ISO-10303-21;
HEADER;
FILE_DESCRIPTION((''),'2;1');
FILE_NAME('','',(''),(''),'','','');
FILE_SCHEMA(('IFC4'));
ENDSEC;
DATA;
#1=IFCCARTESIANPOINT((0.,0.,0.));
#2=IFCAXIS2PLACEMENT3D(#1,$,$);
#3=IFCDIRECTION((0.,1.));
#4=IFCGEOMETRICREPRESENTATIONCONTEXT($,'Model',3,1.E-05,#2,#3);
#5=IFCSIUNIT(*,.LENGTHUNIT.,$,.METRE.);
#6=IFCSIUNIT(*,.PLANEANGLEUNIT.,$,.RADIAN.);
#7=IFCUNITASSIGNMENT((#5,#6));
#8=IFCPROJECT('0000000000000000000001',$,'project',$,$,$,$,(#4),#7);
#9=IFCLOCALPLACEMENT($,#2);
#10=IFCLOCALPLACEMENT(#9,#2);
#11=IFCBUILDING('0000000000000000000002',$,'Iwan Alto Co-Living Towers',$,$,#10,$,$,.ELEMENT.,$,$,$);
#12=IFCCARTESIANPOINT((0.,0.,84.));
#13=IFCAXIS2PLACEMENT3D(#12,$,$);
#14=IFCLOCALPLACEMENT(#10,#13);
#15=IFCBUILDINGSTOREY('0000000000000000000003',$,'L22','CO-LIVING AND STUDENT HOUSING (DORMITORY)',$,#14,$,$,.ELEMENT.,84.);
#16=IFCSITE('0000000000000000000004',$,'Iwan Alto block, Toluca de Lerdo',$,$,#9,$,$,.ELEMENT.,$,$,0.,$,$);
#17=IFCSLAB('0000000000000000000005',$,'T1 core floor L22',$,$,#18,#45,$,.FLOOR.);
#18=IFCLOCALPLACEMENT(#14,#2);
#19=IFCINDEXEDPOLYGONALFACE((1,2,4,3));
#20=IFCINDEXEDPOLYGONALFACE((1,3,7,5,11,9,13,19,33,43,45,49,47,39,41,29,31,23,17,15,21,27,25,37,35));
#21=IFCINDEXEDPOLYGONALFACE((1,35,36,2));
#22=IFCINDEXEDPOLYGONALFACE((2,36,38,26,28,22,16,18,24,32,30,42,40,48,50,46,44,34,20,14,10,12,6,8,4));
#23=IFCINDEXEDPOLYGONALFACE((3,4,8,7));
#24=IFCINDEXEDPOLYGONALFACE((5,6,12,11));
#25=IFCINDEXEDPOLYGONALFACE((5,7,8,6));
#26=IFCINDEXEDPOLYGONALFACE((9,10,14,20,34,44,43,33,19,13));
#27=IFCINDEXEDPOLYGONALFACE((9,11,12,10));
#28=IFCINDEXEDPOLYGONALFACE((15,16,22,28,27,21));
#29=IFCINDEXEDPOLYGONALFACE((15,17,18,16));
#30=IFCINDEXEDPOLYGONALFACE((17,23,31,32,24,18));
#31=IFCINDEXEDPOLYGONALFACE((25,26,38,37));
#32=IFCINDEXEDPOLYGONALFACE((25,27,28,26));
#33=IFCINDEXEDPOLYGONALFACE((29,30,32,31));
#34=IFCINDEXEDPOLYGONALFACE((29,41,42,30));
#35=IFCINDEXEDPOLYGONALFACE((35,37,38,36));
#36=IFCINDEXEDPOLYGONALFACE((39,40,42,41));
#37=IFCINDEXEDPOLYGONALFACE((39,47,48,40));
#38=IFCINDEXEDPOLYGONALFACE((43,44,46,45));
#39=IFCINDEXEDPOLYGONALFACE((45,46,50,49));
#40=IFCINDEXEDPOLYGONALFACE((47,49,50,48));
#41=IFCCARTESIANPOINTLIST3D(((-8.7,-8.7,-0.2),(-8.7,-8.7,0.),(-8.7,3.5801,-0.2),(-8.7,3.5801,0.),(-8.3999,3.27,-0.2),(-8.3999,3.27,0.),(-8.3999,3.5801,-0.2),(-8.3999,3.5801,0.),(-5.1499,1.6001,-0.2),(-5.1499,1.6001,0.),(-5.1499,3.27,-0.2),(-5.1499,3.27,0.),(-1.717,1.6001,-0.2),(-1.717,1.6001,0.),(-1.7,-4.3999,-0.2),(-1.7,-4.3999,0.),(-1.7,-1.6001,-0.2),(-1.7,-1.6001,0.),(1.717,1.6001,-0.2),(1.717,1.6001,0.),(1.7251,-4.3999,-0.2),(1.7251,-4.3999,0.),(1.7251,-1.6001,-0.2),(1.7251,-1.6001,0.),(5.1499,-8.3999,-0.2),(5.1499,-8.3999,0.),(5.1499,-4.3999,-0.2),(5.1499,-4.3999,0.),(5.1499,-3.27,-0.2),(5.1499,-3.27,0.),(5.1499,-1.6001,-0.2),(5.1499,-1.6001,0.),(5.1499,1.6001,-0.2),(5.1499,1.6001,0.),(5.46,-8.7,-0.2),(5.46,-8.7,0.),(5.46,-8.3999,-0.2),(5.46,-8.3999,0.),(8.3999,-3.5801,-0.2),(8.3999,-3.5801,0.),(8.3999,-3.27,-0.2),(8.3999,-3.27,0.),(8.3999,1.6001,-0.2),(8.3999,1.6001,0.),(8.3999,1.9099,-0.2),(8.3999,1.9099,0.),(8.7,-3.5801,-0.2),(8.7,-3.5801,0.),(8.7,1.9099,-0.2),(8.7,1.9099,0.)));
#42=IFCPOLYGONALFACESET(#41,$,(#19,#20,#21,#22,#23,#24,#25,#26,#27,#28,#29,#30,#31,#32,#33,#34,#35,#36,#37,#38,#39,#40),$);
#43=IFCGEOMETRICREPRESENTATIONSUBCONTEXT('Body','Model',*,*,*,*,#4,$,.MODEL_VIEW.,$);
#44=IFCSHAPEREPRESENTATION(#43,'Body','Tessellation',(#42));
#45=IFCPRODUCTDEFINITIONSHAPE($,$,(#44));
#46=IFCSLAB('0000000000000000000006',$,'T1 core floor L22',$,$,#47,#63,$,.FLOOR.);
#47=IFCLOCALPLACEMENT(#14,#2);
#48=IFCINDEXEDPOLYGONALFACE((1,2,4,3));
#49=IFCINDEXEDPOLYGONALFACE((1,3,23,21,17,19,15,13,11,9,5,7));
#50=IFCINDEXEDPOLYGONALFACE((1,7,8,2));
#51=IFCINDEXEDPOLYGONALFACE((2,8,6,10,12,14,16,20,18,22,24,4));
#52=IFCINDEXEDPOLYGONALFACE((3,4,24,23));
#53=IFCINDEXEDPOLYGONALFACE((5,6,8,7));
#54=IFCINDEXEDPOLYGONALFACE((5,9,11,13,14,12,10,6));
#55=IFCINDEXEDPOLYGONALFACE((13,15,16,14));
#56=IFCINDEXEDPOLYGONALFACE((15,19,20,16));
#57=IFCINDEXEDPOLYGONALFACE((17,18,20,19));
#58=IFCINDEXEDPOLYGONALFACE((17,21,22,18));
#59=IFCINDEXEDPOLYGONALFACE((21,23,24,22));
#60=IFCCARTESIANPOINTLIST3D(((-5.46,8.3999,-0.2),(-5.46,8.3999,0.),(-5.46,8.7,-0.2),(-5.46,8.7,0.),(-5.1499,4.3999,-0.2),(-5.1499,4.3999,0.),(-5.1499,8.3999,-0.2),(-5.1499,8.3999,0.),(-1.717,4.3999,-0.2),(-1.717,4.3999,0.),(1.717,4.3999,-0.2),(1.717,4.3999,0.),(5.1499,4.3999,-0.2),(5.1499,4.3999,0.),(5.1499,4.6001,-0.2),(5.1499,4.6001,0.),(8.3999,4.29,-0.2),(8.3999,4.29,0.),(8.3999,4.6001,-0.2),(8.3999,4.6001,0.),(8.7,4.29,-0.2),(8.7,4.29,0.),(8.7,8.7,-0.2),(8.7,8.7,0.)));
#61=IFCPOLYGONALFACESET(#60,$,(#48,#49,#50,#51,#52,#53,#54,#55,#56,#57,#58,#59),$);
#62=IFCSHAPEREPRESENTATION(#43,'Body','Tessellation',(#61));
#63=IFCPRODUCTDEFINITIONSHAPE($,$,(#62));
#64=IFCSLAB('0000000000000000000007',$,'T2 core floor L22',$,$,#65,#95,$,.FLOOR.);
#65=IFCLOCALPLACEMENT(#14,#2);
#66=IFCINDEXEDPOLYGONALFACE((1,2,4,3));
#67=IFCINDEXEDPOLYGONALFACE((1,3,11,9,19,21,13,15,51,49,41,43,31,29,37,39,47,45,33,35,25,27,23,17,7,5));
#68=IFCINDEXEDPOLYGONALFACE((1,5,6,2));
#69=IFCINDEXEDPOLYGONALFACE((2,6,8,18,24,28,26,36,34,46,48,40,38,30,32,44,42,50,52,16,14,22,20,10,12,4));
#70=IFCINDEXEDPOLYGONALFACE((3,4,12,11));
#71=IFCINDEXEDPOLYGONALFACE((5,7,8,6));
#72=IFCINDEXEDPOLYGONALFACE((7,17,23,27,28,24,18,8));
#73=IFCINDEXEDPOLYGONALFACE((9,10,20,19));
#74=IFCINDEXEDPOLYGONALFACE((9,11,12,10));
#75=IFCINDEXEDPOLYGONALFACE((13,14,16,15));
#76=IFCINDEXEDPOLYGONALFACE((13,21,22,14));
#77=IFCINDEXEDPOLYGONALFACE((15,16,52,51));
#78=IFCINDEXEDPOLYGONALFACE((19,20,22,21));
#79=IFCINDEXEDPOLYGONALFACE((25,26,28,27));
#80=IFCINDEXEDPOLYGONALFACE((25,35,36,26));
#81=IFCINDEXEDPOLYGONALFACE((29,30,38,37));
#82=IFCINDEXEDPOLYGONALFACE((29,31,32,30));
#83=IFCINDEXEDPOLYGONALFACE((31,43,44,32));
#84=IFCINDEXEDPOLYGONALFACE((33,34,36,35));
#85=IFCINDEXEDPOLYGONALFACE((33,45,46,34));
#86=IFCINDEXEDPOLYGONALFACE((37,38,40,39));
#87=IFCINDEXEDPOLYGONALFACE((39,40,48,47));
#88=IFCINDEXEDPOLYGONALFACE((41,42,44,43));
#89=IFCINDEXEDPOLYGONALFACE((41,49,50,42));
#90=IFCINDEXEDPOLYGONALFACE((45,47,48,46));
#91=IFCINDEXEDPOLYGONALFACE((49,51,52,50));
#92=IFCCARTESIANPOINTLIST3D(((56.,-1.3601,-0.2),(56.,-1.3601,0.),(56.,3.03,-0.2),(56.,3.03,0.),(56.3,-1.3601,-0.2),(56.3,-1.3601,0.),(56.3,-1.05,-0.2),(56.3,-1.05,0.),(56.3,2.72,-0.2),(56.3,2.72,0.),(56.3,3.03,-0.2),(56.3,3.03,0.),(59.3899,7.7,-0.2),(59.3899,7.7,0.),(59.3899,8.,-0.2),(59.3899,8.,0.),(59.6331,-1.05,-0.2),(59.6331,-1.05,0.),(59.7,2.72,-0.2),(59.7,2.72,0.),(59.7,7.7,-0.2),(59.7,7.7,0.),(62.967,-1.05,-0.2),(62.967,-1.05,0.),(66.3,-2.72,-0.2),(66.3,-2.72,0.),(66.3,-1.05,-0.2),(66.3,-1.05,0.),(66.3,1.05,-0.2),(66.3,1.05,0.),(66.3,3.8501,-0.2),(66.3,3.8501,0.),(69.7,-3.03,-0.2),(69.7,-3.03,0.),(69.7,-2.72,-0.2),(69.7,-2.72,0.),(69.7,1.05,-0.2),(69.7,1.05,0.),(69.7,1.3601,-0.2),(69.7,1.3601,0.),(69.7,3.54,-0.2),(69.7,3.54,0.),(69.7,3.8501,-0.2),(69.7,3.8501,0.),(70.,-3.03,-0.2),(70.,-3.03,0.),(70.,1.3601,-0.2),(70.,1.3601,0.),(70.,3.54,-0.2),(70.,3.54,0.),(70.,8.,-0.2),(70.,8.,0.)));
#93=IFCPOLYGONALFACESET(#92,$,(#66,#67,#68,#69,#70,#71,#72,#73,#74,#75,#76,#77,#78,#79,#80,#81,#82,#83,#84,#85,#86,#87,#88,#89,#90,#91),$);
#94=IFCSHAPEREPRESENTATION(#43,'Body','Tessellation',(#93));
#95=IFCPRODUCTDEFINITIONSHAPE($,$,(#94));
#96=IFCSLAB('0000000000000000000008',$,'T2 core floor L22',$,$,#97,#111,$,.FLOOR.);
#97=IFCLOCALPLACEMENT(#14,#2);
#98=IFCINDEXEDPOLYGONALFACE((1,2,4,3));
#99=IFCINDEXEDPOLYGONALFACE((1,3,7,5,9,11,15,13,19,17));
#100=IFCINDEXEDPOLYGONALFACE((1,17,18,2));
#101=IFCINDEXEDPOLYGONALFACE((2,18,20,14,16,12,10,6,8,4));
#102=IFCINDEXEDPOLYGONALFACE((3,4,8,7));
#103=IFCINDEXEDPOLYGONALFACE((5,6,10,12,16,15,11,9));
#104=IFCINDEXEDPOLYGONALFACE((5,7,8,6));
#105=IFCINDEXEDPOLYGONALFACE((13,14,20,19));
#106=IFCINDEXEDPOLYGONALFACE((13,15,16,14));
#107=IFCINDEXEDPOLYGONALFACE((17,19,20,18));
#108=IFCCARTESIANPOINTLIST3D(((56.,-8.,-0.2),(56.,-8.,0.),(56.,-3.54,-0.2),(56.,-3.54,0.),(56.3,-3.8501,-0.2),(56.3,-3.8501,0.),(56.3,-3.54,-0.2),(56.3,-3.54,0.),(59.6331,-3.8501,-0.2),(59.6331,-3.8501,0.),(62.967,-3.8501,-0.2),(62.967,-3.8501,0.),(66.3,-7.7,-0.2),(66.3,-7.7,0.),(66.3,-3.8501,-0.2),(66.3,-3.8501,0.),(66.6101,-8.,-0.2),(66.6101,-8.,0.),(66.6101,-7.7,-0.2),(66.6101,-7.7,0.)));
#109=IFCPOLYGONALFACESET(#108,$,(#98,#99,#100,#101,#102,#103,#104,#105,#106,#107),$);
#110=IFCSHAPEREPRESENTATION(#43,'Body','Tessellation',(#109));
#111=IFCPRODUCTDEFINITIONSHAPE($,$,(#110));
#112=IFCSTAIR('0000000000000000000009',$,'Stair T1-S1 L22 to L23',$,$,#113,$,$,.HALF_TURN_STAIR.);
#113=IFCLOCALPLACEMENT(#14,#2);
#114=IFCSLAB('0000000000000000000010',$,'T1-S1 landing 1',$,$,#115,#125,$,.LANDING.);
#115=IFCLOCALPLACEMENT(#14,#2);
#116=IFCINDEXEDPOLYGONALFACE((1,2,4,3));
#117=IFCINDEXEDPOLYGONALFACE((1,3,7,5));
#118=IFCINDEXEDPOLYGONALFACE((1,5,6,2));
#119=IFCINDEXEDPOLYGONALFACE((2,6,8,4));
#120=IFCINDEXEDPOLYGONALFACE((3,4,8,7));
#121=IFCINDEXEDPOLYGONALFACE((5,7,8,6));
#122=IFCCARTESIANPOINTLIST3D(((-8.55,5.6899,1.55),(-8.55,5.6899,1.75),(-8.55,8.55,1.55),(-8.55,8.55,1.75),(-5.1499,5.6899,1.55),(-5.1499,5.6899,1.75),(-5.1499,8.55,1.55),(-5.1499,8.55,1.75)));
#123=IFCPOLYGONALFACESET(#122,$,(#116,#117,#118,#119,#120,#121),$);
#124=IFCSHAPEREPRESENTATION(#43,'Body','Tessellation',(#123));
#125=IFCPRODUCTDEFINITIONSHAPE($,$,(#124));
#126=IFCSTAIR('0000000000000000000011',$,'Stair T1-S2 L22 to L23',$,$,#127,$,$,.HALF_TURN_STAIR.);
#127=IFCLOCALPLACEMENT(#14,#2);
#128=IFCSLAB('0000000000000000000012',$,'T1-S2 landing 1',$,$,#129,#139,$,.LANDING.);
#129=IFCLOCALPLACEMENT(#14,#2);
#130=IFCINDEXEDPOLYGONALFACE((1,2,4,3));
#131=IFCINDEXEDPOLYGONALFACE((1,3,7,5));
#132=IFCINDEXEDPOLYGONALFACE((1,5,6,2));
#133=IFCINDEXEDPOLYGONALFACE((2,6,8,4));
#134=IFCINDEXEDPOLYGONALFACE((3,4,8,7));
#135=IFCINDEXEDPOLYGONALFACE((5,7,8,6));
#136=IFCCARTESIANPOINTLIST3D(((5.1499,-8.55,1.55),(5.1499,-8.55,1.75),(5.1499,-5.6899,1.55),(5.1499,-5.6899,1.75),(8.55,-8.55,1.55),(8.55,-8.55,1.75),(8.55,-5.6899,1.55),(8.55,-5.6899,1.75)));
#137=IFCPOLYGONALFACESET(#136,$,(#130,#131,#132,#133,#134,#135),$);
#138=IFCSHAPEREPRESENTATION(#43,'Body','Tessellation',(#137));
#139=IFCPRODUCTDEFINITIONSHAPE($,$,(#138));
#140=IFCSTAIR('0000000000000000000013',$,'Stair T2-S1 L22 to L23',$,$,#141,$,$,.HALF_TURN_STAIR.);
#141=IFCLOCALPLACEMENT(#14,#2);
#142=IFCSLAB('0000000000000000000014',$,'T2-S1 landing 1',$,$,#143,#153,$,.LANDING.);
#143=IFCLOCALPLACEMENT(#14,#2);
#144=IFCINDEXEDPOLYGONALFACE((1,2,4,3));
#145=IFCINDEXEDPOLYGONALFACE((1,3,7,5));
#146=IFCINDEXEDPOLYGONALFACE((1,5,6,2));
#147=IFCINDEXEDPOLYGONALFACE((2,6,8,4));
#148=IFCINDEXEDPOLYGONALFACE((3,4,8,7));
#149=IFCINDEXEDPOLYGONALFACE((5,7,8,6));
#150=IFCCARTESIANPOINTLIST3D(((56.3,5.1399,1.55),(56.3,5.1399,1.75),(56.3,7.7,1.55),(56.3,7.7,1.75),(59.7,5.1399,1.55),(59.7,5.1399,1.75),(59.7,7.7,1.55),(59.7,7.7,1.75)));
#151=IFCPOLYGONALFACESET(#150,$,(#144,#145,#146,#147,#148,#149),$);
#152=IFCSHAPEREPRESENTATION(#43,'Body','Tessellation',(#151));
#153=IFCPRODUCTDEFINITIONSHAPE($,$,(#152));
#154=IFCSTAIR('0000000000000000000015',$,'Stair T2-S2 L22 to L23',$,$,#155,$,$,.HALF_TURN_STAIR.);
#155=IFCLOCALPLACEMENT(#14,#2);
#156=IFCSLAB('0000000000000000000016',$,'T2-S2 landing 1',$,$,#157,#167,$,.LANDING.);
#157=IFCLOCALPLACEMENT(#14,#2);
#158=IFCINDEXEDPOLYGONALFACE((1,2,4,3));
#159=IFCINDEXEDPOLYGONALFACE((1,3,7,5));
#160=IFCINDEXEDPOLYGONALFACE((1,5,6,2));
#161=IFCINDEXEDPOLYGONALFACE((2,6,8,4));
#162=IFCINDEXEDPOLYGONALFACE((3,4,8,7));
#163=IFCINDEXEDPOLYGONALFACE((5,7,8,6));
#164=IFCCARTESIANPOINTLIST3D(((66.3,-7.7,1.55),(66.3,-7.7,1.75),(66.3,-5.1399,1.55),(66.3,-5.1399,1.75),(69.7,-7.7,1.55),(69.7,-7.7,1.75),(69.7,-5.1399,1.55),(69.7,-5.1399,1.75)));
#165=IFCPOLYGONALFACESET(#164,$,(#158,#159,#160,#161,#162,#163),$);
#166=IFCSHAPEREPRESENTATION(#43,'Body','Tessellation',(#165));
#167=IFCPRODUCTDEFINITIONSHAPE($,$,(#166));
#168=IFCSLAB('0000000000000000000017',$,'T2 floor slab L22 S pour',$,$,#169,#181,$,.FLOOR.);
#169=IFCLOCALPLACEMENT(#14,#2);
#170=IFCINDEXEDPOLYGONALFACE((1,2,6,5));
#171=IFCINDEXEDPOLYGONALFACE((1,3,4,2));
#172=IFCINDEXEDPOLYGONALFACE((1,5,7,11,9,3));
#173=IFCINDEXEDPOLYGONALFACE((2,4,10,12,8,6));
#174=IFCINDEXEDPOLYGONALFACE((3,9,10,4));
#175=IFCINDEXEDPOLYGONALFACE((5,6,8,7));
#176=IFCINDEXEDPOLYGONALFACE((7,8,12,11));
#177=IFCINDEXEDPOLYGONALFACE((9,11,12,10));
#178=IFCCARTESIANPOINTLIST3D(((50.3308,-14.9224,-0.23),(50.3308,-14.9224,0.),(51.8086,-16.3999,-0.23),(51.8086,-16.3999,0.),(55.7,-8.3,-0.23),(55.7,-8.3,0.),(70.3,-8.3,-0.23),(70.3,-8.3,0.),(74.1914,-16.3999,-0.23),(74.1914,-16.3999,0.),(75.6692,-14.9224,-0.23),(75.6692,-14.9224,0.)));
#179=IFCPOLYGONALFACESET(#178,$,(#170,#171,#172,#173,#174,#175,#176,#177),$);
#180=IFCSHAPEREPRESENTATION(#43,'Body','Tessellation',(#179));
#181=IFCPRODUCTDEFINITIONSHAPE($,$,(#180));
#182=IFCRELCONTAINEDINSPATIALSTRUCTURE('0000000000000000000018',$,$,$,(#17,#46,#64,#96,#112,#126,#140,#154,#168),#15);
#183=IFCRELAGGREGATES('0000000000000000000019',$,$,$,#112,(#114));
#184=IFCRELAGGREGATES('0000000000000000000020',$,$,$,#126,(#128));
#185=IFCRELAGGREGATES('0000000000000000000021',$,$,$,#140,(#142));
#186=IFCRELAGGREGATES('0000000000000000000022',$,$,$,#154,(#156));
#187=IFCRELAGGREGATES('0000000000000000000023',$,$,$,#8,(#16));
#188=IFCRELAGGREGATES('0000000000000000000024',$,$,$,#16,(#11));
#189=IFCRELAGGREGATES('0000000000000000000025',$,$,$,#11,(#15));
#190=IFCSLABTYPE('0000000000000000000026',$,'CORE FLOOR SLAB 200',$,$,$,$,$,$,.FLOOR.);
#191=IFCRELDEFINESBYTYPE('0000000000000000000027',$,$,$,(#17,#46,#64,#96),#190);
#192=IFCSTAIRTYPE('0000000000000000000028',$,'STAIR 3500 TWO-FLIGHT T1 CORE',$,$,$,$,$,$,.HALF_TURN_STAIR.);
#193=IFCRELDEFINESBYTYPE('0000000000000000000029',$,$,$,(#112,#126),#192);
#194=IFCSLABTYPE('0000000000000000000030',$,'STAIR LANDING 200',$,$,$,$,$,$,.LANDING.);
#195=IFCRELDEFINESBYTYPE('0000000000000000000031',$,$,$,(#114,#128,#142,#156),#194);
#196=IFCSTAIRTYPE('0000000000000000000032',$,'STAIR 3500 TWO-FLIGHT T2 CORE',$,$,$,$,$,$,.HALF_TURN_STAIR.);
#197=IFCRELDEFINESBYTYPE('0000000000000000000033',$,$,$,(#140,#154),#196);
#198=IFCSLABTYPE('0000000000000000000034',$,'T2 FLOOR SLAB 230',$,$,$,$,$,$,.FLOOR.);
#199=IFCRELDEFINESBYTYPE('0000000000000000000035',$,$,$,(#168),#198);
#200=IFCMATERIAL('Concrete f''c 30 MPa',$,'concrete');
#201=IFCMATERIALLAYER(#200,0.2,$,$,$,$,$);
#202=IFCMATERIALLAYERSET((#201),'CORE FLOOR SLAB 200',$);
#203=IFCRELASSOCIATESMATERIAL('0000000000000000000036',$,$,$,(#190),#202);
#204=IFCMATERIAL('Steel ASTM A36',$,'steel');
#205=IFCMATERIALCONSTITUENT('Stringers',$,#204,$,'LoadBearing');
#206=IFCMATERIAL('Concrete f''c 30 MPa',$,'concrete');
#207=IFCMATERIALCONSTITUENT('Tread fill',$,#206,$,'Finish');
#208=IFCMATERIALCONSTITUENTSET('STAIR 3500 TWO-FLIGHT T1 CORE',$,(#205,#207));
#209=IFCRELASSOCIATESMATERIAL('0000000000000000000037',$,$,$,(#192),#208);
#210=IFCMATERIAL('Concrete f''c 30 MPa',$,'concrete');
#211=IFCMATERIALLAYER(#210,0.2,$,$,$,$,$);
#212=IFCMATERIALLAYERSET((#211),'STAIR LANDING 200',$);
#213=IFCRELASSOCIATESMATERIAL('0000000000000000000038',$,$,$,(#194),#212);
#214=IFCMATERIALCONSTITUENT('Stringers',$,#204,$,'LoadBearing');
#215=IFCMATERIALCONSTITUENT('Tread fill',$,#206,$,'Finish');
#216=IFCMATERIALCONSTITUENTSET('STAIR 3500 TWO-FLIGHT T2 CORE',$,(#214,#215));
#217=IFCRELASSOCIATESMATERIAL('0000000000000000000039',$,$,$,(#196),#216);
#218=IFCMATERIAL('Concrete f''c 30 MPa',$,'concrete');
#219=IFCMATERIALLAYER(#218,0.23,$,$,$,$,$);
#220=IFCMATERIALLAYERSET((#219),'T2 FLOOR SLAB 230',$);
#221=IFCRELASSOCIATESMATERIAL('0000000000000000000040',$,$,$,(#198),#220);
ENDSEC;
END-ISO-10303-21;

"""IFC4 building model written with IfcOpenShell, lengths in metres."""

from ifc_helpers import new_model, si_unit, direction, frame, origin, place, context, subcontext, project, spatial, polyline, outline, extrude, material, layer, layer_set, constituent, constituent_set, type_object, element, aggregate, save


model = new_model("IFC4")

# Units and contexts
model_context = context("Model", 3, precision=1e-05, world=origin(), true_north=direction((0.0, 1.0)))
body_context = subcontext(model_context, "Body", "Model", "MODEL_VIEW")
ifc_project = project(units=[si_unit("LENGTHUNIT", "METRE"), si_unit("PLANEANGLEUNIT", "RADIAN")], contexts=[model_context])

# Site, building, storey
site_placement = place(None, origin())
site = spatial("IfcSite", under=ifc_project, at=site_placement, Name="Iwan Alto block, Toluca de Lerdo", CompositionType="ELEMENT", RefElevation=0.0)
building_placement = place(site_placement, origin())
building = spatial("IfcBuilding", under=site, at=building_placement, Name="Iwan Alto Co-Living Towers", CompositionType="ELEMENT")
storey_placement = place(building_placement, frame((0.0, 0.0, 84.0)))
storey = spatial("IfcBuildingStorey", under=building, at=storey_placement, Name="L22", Description="CO-LIVING AND STUDENT HOUSING (DORMITORY)", CompositionType="ELEMENT", Elevation=84.0)

# Slabs
ifc_material_1 = material(Name="Concrete f'c 30 MPa", Category="concrete")
ifc_layer_1 = layer(ifc_material_1, 0.2)
ifc_layer_set_1 = layer_set([ifc_layer_1], Name="CORE FLOOR SLAB 200")
slab_type_1 = type_object("IfcSlabType", Name="CORE FLOOR SLAB 200", PredefinedType="FLOOR", material=ifc_layer_set_1)
slab_1_placement = place(storey_placement, frame((0.0, 0.0, -0.2)))
element("IfcSlab", 1, at=slab_1_placement, inside=storey, type_object=slab_type_1, Name="T1 core floor L22", PredefinedType="FLOOR", context=body_context, shape_type="SweptSolid", body=[
    extrude(outline(polyline([(5.1499, -1.6001), (1.7251, -1.6001), (-1.7, -1.6001), (-1.7, -4.3999), (1.7251, -4.3999), (5.1499, -4.3999), (5.1499, -8.3999), (5.46, -8.3999), (5.46, -8.7), (-8.7, -8.7), (-8.7, 3.5801), (-8.3999, 3.5801), (-8.3999, 3.27), (-5.1499, 3.27), (-5.1499, 1.6001), (-1.717, 1.6001), (1.717, 1.6001), (5.1499, 1.6001), (8.3999, 1.6001), (8.3999, 1.9099), (8.7, 1.9099), (8.7, -3.5801), (8.3999, -3.5801), (8.3999, -3.27), (5.1499, -3.27), (5.1499, -1.6001)])), origin(), (0.0, 0.0, 1.0), 0.2),
])
slab_2_placement = place(storey_placement, frame((0.0, 0.0, -0.2)))
element("IfcSlab", 2, at=slab_2_placement, inside=storey, type_object=slab_type_1, Name="T1 core floor L22", PredefinedType="FLOOR", context=body_context, shape_type="SweptSolid", body=[
    extrude(outline(polyline([(1.717, 4.3999), (-1.717, 4.3999), (-5.1499, 4.3999), (-5.1499, 8.3999), (-5.46, 8.3999), (-5.46, 8.7), (8.7, 8.7), (8.7, 4.29), (8.3999, 4.29), (8.3999, 4.6001), (5.1499, 4.6001), (5.1499, 4.3999), (1.717, 4.3999)])), origin(), (0.0, 0.0, 1.0), 0.2),
])
slab_3_placement = place(storey_placement, frame((0.0, 0.0, -0.2)))
element("IfcSlab", 3, at=slab_3_placement, inside=storey, type_object=slab_type_1, Name="T2 core floor L22", PredefinedType="FLOOR", context=body_context, shape_type="SweptSolid", body=[
    extrude(outline(polyline([(70.0, -3.03), (69.7, -3.03), (69.7, -2.72), (66.3, -2.72), (66.3, -1.05), (62.967, -1.05), (59.6331, -1.05), (56.3, -1.05), (56.3, -1.3601), (56.0, -1.3601), (56.0, 3.03), (56.3, 3.03), (56.3, 2.72), (59.7, 2.72), (59.7, 7.7), (59.3899, 7.7), (59.3899, 8.0), (70.0, 8.0), (70.0, 3.54), (69.7, 3.54), (69.7, 3.8501), (66.3, 3.8501), (66.3, 1.05), (69.7, 1.05), (69.7, 1.3601), (70.0, 1.3601), (70.0, -3.03)])), origin(), (0.0, 0.0, 1.0), 0.2),
])
slab_4_placement = place(storey_placement, frame((0.0, 0.0, -0.2)))
element("IfcSlab", 4, at=slab_4_placement, inside=storey, type_object=slab_type_1, Name="T2 core floor L22", PredefinedType="FLOOR", context=body_context, shape_type="SweptSolid", body=[
    extrude(outline(polyline([(62.967, -3.8501), (66.3, -3.8501), (66.3, -7.7), (66.6101, -7.7), (66.6101, -8.0), (56.0, -8.0), (56.0, -3.54), (56.3, -3.54), (56.3, -3.8501), (59.6331, -3.8501), (62.967, -3.8501)])), origin(), (0.0, 0.0, 1.0), 0.2),
])

# Stairs, slabs
ifc_material_2 = material(Name="Steel ASTM A36", Category="steel")
ifc_constituent_1 = constituent(ifc_material_2, Name="Stringers", Category="LoadBearing")
ifc_material_3 = material(Name="Concrete f'c 30 MPa", Category="concrete")
ifc_constituent_2 = constituent(ifc_material_3, Name="Tread fill", Category="Finish")
ifc_constituent_set_1 = constituent_set(constituents=[ifc_constituent_1, ifc_constituent_2], Name="STAIR 3500 TWO-FLIGHT T1 CORE")
stair_type_1 = type_object("IfcStairType", Name="STAIR 3500 TWO-FLIGHT T1 CORE", PredefinedType="HALF_TURN_STAIR", material=ifc_constituent_set_1)
stair_1_placement = place(storey_placement, origin())
stair_1 = element("IfcStair", 5, at=stair_1_placement, inside=storey, type_object=stair_type_1, Name="Stair T1-S1 L22 to L23", PredefinedType="HALF_TURN_STAIR")
ifc_material_4 = material(Name="Concrete f'c 30 MPa", Category="concrete")
ifc_layer_2 = layer(ifc_material_4, 0.2)
ifc_layer_set_2 = layer_set([ifc_layer_2], Name="STAIR LANDING 200")
slab_type_2 = type_object("IfcSlabType", Name="STAIR LANDING 200", PredefinedType="LANDING", material=ifc_layer_set_2)
slab_5_placement = place(storey_placement, frame((0.0, 0.0, 1.55)))
slab_5 = element("IfcSlab", 6, at=slab_5_placement, type_object=slab_type_2, Name="T1-S1 landing 1", PredefinedType="LANDING", context=body_context, shape_type="SweptSolid", body=[
    extrude(outline(polyline([(-8.55, 5.6899), (-8.55, 8.55), (-5.1499, 8.55), (-5.1499, 5.6899), (-8.55, 5.6899)])), origin(), (0.0, 0.0, 1.0), 0.2),
])
aggregate(stair_1, [slab_5])
stair_2_placement = place(storey_placement, origin())
stair_2 = element("IfcStair", 7, at=stair_2_placement, inside=storey, type_object=stair_type_1, Name="Stair T1-S2 L22 to L23", PredefinedType="HALF_TURN_STAIR")
slab_6_placement = place(storey_placement, frame((0.0, 0.0, 1.55)))
slab_6 = element("IfcSlab", 8, at=slab_6_placement, type_object=slab_type_2, Name="T1-S2 landing 1", PredefinedType="LANDING", context=body_context, shape_type="SweptSolid", body=[
    extrude(outline(polyline([(5.1499, -5.6899), (5.1499, -8.55), (8.55, -8.55), (8.55, -5.6899), (5.1499, -5.6899)])), origin(), (0.0, 0.0, 1.0), 0.2),
])
aggregate(stair_2, [slab_6])
ifc_constituent_3 = constituent(ifc_material_2, Name="Stringers", Category="LoadBearing")
ifc_constituent_4 = constituent(ifc_material_3, Name="Tread fill", Category="Finish")
ifc_constituent_set_2 = constituent_set(constituents=[ifc_constituent_3, ifc_constituent_4], Name="STAIR 3500 TWO-FLIGHT T2 CORE")
stair_type_2 = type_object("IfcStairType", Name="STAIR 3500 TWO-FLIGHT T2 CORE", PredefinedType="HALF_TURN_STAIR", material=ifc_constituent_set_2)
stair_3_placement = place(storey_placement, origin())
stair_3 = element("IfcStair", 9, at=stair_3_placement, inside=storey, type_object=stair_type_2, Name="Stair T2-S1 L22 to L23", PredefinedType="HALF_TURN_STAIR")
slab_7_placement = place(storey_placement, frame((0.0, 0.0, 1.55)))
slab_7 = element("IfcSlab", 10, at=slab_7_placement, type_object=slab_type_2, Name="T2-S1 landing 1", PredefinedType="LANDING", context=body_context, shape_type="SweptSolid", body=[
    extrude(outline(polyline([(56.3, 5.1399), (56.3, 7.7), (59.7, 7.7), (59.7, 5.1399), (56.3, 5.1399)])), origin(), (0.0, 0.0, 1.0), 0.2),
])
aggregate(stair_3, [slab_7])
stair_4_placement = place(storey_placement, origin())
stair_4 = element("IfcStair", 11, at=stair_4_placement, inside=storey, type_object=stair_type_2, Name="Stair T2-S2 L22 to L23", PredefinedType="HALF_TURN_STAIR")
slab_8_placement = place(storey_placement, frame((0.0, 0.0, 1.55)))
slab_8 = element("IfcSlab", 12, at=slab_8_placement, type_object=slab_type_2, Name="T2-S2 landing 1", PredefinedType="LANDING", context=body_context, shape_type="SweptSolid", body=[
    extrude(outline(polyline([(66.3, -5.1399), (66.3, -7.7), (69.7, -7.7), (69.7, -5.1399), (66.3, -5.1399)])), origin(), (0.0, 0.0, 1.0), 0.2),
])
aggregate(stair_4, [slab_8])

# Slab
ifc_material_5 = material(Name="Concrete f'c 30 MPa", Category="concrete")
ifc_layer_3 = layer(ifc_material_5, 0.23)
ifc_layer_set_3 = layer_set([ifc_layer_3], Name="T2 FLOOR SLAB 230")
slab_type_3 = type_object("IfcSlabType", Name="T2 FLOOR SLAB 230", PredefinedType="FLOOR", material=ifc_layer_set_3)
slab_9_placement = place(storey_placement, frame((0.0, 0.0, -0.23)))
element("IfcSlab", 13, at=slab_9_placement, inside=storey, type_object=slab_type_3, Name="T2 floor slab L22 S pour", PredefinedType="FLOOR", context=body_context, shape_type="SweptSolid", body=[
    extrude(outline(polyline([(74.1914, -16.3999), (51.8086, -16.3999), (50.3308, -14.9224), (55.7, -8.3), (70.3, -8.3), (75.6692, -14.9224), (74.1914, -16.3999)])), origin(), (0.0, 0.0, 1.0), 0.23),
])

save(model, "model.ifc")
